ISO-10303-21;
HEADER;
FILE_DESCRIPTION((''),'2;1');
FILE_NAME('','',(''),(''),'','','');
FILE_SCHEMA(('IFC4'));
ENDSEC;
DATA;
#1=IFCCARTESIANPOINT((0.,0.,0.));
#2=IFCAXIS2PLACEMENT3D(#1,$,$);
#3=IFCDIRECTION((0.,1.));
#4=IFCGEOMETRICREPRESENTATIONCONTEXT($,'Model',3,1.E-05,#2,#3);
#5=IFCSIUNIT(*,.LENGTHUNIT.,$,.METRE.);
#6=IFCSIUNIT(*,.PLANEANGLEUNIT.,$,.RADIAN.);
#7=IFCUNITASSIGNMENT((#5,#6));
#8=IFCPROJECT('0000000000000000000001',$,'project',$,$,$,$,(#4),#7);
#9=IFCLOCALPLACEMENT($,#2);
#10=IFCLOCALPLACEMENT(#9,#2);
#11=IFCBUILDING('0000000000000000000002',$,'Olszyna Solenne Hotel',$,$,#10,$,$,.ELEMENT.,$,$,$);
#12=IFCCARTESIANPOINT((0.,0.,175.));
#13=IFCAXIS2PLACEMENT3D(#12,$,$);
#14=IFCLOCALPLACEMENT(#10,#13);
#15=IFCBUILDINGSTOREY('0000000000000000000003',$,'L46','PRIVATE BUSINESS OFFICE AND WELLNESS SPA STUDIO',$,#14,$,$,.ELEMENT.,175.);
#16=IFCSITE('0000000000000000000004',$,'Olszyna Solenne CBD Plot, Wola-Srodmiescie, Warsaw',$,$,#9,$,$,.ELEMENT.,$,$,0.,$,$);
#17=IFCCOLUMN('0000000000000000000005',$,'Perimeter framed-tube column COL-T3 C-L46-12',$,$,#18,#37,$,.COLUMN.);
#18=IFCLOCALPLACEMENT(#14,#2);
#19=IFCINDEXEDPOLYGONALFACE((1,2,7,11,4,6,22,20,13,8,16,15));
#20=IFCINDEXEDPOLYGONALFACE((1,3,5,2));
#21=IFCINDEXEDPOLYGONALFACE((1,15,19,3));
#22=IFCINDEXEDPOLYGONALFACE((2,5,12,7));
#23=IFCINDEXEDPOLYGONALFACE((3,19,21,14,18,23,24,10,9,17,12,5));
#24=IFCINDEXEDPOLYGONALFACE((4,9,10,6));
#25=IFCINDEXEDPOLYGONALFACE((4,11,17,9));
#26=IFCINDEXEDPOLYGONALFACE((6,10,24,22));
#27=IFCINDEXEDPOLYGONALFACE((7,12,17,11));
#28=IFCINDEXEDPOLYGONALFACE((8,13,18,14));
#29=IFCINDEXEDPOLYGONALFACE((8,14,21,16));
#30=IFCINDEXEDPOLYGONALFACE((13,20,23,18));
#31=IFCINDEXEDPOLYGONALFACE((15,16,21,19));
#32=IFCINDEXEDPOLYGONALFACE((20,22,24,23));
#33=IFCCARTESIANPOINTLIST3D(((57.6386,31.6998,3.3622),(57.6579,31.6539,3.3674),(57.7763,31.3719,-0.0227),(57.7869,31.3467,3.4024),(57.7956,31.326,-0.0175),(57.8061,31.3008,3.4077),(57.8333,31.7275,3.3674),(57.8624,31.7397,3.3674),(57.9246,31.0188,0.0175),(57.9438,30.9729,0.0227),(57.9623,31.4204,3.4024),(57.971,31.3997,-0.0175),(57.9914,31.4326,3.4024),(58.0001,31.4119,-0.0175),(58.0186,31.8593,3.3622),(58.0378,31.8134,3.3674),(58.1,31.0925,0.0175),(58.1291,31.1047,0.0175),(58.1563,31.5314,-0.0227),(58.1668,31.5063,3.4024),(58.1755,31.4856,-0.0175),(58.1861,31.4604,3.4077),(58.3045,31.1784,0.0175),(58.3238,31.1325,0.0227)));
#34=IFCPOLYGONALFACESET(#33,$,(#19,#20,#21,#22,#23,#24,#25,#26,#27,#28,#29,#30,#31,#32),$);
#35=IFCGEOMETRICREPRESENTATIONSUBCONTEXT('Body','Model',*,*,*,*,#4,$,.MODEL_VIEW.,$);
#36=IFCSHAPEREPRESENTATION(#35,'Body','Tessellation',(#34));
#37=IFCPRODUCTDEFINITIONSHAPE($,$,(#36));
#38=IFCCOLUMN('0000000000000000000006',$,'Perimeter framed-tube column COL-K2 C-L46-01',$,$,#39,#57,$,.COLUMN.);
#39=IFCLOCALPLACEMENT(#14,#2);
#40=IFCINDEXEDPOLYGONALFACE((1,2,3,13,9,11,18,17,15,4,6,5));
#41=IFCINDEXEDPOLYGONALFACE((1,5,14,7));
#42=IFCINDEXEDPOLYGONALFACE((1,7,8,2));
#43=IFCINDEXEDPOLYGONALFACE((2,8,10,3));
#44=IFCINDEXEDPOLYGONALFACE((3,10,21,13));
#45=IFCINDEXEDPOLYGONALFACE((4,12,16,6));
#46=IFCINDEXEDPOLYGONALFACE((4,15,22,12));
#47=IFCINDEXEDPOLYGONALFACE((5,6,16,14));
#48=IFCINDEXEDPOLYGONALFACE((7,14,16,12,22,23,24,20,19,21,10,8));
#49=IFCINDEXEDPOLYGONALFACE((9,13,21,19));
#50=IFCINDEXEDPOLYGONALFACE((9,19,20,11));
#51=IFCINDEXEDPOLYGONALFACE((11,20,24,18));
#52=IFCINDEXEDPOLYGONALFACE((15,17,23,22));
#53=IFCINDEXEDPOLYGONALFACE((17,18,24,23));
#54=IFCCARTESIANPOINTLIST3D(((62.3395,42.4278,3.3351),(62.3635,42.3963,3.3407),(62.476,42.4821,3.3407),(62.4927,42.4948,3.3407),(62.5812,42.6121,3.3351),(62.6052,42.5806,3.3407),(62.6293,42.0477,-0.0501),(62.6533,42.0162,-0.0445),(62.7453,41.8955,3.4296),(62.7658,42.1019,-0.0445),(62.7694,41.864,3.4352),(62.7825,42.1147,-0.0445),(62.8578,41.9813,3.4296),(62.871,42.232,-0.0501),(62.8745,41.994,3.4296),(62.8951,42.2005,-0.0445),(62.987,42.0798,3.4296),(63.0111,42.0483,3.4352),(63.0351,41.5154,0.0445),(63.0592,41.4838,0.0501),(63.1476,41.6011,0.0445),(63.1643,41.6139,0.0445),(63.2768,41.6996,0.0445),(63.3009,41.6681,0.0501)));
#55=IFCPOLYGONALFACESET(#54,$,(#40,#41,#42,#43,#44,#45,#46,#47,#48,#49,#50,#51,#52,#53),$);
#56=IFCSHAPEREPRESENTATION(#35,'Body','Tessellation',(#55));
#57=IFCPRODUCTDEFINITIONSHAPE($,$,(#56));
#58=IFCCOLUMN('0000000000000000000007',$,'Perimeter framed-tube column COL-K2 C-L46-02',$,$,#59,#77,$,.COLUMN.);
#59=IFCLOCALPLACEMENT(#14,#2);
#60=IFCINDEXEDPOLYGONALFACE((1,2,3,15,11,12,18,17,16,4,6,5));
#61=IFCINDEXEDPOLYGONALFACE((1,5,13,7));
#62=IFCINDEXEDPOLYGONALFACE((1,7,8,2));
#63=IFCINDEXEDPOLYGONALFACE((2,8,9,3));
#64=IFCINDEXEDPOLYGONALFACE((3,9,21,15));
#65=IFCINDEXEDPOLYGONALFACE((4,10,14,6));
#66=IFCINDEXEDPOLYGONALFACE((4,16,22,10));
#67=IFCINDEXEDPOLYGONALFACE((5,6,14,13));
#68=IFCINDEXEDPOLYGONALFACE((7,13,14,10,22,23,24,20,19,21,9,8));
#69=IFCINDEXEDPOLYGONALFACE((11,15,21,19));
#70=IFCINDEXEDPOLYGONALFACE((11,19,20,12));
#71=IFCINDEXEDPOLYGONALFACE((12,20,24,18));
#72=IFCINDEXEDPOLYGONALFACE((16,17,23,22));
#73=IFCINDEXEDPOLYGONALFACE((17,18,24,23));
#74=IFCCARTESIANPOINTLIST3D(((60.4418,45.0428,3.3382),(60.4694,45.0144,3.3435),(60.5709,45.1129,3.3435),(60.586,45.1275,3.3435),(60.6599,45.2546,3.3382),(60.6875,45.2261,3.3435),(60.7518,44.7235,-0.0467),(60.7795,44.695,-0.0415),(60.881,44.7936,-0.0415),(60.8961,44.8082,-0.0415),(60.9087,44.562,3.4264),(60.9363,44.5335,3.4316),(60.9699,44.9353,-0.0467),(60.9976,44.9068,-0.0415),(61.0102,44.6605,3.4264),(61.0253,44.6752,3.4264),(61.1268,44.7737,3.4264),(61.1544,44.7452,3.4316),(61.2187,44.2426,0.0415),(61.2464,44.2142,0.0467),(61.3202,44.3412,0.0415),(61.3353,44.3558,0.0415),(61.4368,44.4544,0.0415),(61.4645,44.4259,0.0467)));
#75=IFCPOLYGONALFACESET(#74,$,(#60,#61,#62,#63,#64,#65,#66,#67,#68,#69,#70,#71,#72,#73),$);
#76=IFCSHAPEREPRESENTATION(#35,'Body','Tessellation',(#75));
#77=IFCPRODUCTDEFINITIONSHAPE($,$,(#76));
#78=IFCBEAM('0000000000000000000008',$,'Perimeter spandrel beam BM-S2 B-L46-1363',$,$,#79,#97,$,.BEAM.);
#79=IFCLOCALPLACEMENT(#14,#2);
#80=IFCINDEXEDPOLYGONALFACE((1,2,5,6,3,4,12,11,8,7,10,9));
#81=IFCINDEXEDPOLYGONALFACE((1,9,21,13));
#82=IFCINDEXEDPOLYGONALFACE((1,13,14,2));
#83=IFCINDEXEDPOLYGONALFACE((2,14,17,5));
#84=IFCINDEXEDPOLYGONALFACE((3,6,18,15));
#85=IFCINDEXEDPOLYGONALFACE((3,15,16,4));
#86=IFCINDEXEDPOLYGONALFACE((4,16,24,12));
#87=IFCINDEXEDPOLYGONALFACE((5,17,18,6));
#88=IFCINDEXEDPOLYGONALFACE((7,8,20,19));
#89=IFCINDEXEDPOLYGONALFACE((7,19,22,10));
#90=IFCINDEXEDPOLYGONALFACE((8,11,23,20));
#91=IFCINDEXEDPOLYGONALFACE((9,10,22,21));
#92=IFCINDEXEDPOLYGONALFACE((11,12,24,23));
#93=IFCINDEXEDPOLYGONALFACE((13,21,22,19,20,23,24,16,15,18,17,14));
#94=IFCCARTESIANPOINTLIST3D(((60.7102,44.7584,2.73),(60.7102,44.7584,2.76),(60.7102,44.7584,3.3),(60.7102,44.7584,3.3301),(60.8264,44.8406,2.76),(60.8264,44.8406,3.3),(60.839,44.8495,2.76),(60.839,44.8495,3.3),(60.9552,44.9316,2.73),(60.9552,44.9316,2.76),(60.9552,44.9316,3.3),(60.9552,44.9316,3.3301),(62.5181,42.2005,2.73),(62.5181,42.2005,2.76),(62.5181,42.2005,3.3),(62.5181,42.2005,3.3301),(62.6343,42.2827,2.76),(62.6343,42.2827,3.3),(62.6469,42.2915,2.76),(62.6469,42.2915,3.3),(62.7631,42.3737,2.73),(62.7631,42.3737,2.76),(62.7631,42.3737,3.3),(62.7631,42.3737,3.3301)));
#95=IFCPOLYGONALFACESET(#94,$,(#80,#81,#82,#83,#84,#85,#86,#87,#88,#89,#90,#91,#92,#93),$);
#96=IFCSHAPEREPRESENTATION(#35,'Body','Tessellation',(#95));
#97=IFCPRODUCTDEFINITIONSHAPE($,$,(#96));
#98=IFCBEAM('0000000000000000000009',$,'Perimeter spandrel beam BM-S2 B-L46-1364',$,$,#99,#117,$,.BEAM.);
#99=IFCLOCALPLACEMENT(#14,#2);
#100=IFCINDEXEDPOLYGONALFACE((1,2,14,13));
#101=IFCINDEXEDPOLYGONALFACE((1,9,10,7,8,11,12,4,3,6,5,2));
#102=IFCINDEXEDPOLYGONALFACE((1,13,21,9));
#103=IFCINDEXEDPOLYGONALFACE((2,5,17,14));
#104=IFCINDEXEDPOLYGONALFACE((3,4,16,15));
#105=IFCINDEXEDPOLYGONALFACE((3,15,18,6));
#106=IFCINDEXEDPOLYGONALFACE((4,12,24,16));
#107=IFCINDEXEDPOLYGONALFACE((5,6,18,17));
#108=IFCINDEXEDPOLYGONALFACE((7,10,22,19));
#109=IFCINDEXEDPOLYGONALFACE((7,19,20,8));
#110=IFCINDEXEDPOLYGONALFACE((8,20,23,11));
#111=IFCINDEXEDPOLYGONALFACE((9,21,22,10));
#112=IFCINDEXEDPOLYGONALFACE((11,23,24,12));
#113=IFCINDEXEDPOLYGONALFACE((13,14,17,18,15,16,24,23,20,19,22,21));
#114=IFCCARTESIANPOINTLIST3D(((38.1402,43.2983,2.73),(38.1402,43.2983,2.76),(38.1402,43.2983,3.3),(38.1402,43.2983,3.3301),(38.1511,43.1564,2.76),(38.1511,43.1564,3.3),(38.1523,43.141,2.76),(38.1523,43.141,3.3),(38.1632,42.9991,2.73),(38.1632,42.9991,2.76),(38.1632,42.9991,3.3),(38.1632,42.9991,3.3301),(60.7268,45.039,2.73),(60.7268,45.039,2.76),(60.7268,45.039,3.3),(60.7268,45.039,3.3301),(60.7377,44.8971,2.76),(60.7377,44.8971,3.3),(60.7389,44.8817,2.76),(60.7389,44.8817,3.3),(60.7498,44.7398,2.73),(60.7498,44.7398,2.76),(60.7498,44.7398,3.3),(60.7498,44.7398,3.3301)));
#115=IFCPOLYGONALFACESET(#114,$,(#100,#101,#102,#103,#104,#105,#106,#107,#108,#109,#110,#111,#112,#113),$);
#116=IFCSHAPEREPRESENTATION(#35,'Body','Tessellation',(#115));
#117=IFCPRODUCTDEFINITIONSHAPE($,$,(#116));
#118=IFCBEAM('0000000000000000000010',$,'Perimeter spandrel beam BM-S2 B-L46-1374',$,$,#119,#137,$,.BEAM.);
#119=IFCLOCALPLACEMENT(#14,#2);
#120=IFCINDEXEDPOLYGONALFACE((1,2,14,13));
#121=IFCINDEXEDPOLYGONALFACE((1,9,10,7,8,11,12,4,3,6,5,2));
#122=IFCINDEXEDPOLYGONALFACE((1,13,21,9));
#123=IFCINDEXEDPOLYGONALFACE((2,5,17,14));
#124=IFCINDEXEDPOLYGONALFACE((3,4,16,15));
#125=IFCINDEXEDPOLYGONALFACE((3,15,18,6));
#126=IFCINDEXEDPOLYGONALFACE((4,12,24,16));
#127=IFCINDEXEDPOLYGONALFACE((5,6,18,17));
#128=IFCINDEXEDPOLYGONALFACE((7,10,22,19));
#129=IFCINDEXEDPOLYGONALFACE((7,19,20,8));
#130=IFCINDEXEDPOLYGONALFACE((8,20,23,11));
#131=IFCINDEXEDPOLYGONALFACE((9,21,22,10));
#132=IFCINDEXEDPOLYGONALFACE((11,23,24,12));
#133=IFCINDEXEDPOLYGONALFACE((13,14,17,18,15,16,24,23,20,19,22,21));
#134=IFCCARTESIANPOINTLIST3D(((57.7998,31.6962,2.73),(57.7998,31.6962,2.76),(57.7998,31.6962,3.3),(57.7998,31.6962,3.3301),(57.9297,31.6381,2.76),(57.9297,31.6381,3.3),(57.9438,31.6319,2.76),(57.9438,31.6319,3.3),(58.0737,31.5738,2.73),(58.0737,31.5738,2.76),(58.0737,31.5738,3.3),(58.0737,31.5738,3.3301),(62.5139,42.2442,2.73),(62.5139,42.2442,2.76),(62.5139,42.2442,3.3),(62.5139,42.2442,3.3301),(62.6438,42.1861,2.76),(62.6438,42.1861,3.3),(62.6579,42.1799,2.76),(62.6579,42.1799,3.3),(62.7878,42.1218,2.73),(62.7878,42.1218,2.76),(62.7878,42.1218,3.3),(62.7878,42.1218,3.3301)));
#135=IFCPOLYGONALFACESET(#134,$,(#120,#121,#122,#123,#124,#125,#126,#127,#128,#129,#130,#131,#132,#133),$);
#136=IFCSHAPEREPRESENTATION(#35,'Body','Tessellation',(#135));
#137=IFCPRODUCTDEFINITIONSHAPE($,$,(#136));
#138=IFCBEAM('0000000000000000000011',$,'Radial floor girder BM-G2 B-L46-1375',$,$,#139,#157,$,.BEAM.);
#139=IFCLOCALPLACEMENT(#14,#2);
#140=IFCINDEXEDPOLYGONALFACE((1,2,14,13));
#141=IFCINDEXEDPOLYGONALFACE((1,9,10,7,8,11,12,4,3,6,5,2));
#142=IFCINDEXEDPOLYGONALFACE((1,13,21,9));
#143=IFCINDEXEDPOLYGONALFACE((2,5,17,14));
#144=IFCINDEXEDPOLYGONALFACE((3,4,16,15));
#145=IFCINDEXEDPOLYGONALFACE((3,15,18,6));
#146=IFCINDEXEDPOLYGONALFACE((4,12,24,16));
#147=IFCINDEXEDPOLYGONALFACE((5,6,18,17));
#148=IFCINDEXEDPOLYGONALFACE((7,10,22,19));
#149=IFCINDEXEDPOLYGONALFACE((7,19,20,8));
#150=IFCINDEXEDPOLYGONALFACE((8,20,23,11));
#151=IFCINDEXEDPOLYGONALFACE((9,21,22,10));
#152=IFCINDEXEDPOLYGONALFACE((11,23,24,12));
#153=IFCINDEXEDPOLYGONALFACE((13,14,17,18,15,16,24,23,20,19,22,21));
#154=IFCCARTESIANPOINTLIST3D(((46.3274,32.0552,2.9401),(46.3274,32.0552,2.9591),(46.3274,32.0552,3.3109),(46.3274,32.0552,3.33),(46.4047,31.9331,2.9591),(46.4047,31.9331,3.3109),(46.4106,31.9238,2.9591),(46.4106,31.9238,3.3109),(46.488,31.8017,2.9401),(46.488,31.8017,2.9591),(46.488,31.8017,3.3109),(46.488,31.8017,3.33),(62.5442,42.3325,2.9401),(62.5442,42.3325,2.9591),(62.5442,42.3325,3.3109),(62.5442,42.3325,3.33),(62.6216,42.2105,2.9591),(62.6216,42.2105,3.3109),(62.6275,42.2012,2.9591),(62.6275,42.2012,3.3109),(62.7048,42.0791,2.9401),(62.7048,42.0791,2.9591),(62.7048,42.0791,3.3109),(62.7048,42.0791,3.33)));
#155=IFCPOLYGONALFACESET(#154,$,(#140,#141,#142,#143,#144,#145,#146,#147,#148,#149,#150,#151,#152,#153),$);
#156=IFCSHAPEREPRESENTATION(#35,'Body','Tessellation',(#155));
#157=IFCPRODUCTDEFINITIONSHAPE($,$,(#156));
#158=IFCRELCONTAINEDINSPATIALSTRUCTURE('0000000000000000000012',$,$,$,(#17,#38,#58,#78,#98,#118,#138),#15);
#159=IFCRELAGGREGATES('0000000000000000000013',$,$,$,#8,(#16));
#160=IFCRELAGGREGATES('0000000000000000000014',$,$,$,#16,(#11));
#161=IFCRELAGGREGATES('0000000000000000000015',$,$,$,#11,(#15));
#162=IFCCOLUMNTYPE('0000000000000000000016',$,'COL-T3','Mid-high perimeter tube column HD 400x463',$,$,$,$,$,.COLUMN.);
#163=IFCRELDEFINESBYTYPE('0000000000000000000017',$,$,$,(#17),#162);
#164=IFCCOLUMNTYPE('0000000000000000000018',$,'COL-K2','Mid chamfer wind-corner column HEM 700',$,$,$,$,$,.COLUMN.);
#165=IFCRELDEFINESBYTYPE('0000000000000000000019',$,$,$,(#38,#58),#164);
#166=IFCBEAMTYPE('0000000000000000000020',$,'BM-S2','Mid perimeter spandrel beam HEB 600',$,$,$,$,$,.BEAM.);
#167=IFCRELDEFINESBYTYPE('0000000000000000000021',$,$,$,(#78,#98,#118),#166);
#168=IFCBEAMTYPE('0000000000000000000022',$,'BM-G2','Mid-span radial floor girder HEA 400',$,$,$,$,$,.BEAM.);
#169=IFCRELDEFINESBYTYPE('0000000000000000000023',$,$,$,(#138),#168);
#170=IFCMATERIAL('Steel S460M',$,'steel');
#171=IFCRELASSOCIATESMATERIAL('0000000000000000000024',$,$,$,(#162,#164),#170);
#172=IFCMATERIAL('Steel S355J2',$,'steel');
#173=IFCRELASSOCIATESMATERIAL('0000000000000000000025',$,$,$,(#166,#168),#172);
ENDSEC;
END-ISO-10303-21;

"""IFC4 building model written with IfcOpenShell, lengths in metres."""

from ifc_helpers import new_model, si_unit, direction, frame, origin, origin_2d, place, context, subcontext, project, spatial, i_section, extrude, source, transform, mapped, material, material_profile, profile_set, type_object, element, save


model = new_model("IFC4")

# Units and contexts
model_context = context("Model", 3, precision=1e-05, world=origin(), true_north=direction((0.0, 1.0)))
body_context = subcontext(model_context, "Body", "Model", "MODEL_VIEW")
ifc_project = project(units=[si_unit("LENGTHUNIT", "METRE"), si_unit("PLANEANGLEUNIT", "RADIAN")], contexts=[model_context])

# Site, building, storey
site_placement = place(None, origin())
site = spatial("IfcSite", under=ifc_project, at=site_placement, Name="Olszyna Solenne CBD Plot, Wola-Srodmiescie, Warsaw", CompositionType="ELEMENT", RefElevation=0.0)
building_placement = place(site_placement, origin())
building = spatial("IfcBuilding", under=site, at=building_placement, Name="Olszyna Solenne Hotel", CompositionType="ELEMENT")
storey_placement = place(building_placement, frame((0.0, 0.0, 175.0)))
storey = spatial("IfcBuildingStorey", under=building, at=storey_placement, Name="L46", Description="PRIVATE BUSINESS OFFICE AND WELLNESS SPA STUDIO", CompositionType="ELEMENT", Elevation=175.0)

# Columns
ifc_material_1 = material(Name="Steel S460M", Category="steel")
ifc_material_profile_1 = material_profile(ifc_material_1, i_section(OverallWidth=0.4121, OverallDepth=0.4351, WebThickness=0.0315, FlangeThickness=0.05, at=origin_2d()), Name="HD 400x463", Category="load-bearing")
ifc_profile_set_1 = profile_set([ifc_material_profile_1], Name="Steel S460M")
column_type_1 = type_object("IfcColumnType", Name="COL-T3", Description="Mid-high perimeter tube column HD 400x463", PredefinedType="COLUMN", material=ifc_profile_set_1)
shared_shape_1 = source(origin(), body_context, "Body", "SweptSolid", [
    extrude(i_section(OverallWidth=0.4121, OverallDepth=0.4351, WebThickness=0.0315, FlangeThickness=0.05, at=origin_2d()), origin(), (0.0, 0.0, 1.0), 3.4036),
])
column_1_placement = place(storey_placement, frame((58.05, 31.2522, 0.0), z_axis=(-0.040455, 0.096332, 0.994527), x_axis=(-0.921997, -0.387197, 0.0)))
element("IfcColumn", 1, at=column_1_placement, inside=storey, type_object=column_type_1, Name="Perimeter framed-tube column COL-T3 C-L46-12", PredefinedType="COLUMN", context=body_context, shape_type="MappedRepresentation", body=[
    mapped(shared_shape_1, transform((0.0, 0.0, 0.0), x_axis=(1.0, 0.0, 0.0), y_axis=(0.0, 1.0, 0.0), z_axis=(0.0, 0.0, 1.0), scale=1.0)),
])
ifc_material_profile_2 = material_profile(ifc_material_1, i_section(OverallWidth=0.304, OverallDepth=0.7161, WebThickness=0.021, FlangeThickness=0.04, at=origin_2d()), Name="HEM 700", Category="load-bearing")
ifc_profile_set_2 = profile_set([ifc_material_profile_2], Name="Steel S460M")
column_type_2 = type_object("IfcColumnType", Name="COL-K2", Description="Mid chamfer wind-corner column HEM 700", PredefinedType="COLUMN", material=ifc_profile_set_2)
shared_shape_2 = source(origin(), body_context, "Body", "SweptSolid", [
    extrude(i_section(OverallWidth=0.304, OverallDepth=0.7161, WebThickness=0.021, FlangeThickness=0.04, at=origin_2d()), origin(), (0.0, 0.0, 1.0), 3.4187),
])
column_2_placement = place(storey_placement, frame((62.9651, 41.8579, 0.0), z_axis=(-0.08477, 0.111194, 0.990177), x_axis=(-0.795256, -0.606274, 0.0)))
element("IfcColumn", 2, at=column_2_placement, inside=storey, type_object=column_type_2, Name="Perimeter framed-tube column COL-K2 C-L46-01", PredefinedType="COLUMN", context=body_context, shape_type="MappedRepresentation", body=[
    mapped(shared_shape_2, transform((0.0, 0.0, 0.0), x_axis=(1.0, 0.0, 0.0), y_axis=(0.0, 1.0, 0.0), z_axis=(0.0, 0.0, 1.0), scale=1.0)),
])
shared_shape_3 = source(origin(), body_context, "Body", "SweptSolid", [
    extrude(i_section(OverallWidth=0.304, OverallDepth=0.7161, WebThickness=0.021, FlangeThickness=0.04, at=origin_2d()), origin(), (0.0, 0.0, 1.0), 3.4141),
])
column_3_placement = place(storey_placement, frame((61.1082, 44.5747, 0.0), z_axis=(-0.090816, 0.093533, 0.991466), x_axis=(-0.717452, -0.696608, 0.0)))
element("IfcColumn", 3, at=column_3_placement, inside=storey, type_object=column_type_2, Name="Perimeter framed-tube column COL-K2 C-L46-02", PredefinedType="COLUMN", context=body_context, shape_type="MappedRepresentation", body=[
    mapped(shared_shape_3, transform((0.0, 0.0, 0.0), x_axis=(1.0, 0.0, 0.0), y_axis=(0.0, 1.0, 0.0), z_axis=(0.0, 0.0, 1.0), scale=1.0)),
])

# Beams
ifc_material_2 = material(Name="Steel S355J2", Category="steel")
ifc_material_profile_3 = material_profile(ifc_material_2, i_section(OverallWidth=0.3, OverallDepth=0.6001, WebThickness=0.0154, FlangeThickness=0.03, at=origin_2d()), Name="HEB 600", Category="load-bearing")
ifc_profile_set_3 = profile_set([ifc_material_profile_3], Name="Steel S355J2")
beam_type_1 = type_object("IfcBeamType", Name="BM-S2", Description="Mid perimeter spandrel beam HEB 600", PredefinedType="BEAM", material=ifc_profile_set_3)
shared_shape_4 = source(origin(), body_context, "Body", "SweptSolid", [
    extrude(i_section(OverallWidth=0.3, OverallDepth=0.6001, WebThickness=0.0154, FlangeThickness=0.03, at=origin_2d()), origin(), (0.0, 0.0, 1.0), 3.1323),
])
beam_1_placement = place(storey_placement, frame((62.6406, 42.2871, 3.03), z_axis=(-0.577176, 0.81662, 0.0), x_axis=(-0.81662, -0.577176, 0.0)))
element("IfcBeam", 4, at=beam_1_placement, inside=storey, type_object=beam_type_1, Name="Perimeter spandrel beam BM-S2 B-L46-1363", PredefinedType="BEAM", context=body_context, shape_type="MappedRepresentation", body=[
    mapped(shared_shape_4, transform((0.0, 0.0, 0.0), x_axis=(1.0, 0.0, 0.0), y_axis=(0.0, 1.0, 0.0), z_axis=(0.0, 0.0, 1.0), scale=1.0)),
])
shared_shape_5 = source(origin(), body_context, "Body", "SweptSolid", [
    extrude(i_section(OverallWidth=0.3, OverallDepth=0.6001, WebThickness=0.0154, FlangeThickness=0.03, at=origin_2d()), origin(), (0.0, 0.0, 1.0), 22.6536),
])
beam_2_placement = place(storey_placement, frame((60.7383, 44.8894, 3.03), z_axis=(-0.997043, -0.076841, 0.0), x_axis=(0.076841, -0.997043, 0.0)))
element("IfcBeam", 5, at=beam_2_placement, inside=storey, type_object=beam_type_1, Name="Perimeter spandrel beam BM-S2 B-L46-1364", PredefinedType="BEAM", context=body_context, shape_type="MappedRepresentation", body=[
    mapped(shared_shape_5, transform((0.0, 0.0, 0.0), x_axis=(1.0, 0.0, 0.0), y_axis=(0.0, 1.0, 0.0), z_axis=(0.0, 0.0, 1.0), scale=1.0)),
])
shared_shape_6 = source(origin(), body_context, "Body", "SweptSolid", [
    extrude(i_section(OverallWidth=0.3, OverallDepth=0.6001, WebThickness=0.0154, FlangeThickness=0.03, at=origin_2d()), origin(), (0.0, 0.0, 1.0), 11.5535),
])
beam_3_placement = place(storey_placement, frame((57.9368, 31.635, 3.03), z_axis=(0.408022, 0.912972, 0.0), x_axis=(-0.912972, 0.408022, 0.0)))
element("IfcBeam", 6, at=beam_3_placement, inside=storey, type_object=beam_type_1, Name="Perimeter spandrel beam BM-S2 B-L46-1374", PredefinedType="BEAM", context=body_context, shape_type="MappedRepresentation", body=[
    mapped(shared_shape_6, transform((0.0, 0.0, 0.0), x_axis=(1.0, 0.0, 0.0), y_axis=(0.0, 1.0, 0.0), z_axis=(0.0, 0.0, 1.0), scale=1.0)),
])
ifc_material_profile_4 = material_profile(ifc_material_2, i_section(OverallWidth=0.3, OverallDepth=0.3899, WebThickness=0.011, FlangeThickness=0.019, at=origin_2d()), Name="HEA 400", Category="load-bearing")
ifc_profile_set_4 = profile_set([ifc_material_profile_4], Name="Steel S355J2")
beam_type_2 = type_object("IfcBeamType", Name="BM-G2", Description="Mid-span radial floor girder HEA 400", PredefinedType="BEAM", material=ifc_profile_set_4)
shared_shape_7 = source(origin(), body_context, "Body", "SweptSolid", [
    extrude(i_section(OverallWidth=0.3, OverallDepth=0.3899, WebThickness=0.011, FlangeThickness=0.019, at=origin_2d()), origin(), (0.0, 0.0, 1.0), 19.1992),
])
beam_4_placement = place(storey_placement, frame((62.6245, 42.2058, 3.135), z_axis=(-0.844661, -0.535301, 0.0), x_axis=(0.535301, -0.844661, 0.0)))
element("IfcBeam", 7, at=beam_4_placement, inside=storey, type_object=beam_type_2, Name="Radial floor girder BM-G2 B-L46-1375", PredefinedType="BEAM", context=body_context, shape_type="MappedRepresentation", body=[
    mapped(shared_shape_7, transform((0.0, 0.0, 0.0), x_axis=(1.0, 0.0, 0.0), y_axis=(0.0, 1.0, 0.0), z_axis=(0.0, 0.0, 1.0), scale=1.0)),
])

save(model, "model.ifc")
